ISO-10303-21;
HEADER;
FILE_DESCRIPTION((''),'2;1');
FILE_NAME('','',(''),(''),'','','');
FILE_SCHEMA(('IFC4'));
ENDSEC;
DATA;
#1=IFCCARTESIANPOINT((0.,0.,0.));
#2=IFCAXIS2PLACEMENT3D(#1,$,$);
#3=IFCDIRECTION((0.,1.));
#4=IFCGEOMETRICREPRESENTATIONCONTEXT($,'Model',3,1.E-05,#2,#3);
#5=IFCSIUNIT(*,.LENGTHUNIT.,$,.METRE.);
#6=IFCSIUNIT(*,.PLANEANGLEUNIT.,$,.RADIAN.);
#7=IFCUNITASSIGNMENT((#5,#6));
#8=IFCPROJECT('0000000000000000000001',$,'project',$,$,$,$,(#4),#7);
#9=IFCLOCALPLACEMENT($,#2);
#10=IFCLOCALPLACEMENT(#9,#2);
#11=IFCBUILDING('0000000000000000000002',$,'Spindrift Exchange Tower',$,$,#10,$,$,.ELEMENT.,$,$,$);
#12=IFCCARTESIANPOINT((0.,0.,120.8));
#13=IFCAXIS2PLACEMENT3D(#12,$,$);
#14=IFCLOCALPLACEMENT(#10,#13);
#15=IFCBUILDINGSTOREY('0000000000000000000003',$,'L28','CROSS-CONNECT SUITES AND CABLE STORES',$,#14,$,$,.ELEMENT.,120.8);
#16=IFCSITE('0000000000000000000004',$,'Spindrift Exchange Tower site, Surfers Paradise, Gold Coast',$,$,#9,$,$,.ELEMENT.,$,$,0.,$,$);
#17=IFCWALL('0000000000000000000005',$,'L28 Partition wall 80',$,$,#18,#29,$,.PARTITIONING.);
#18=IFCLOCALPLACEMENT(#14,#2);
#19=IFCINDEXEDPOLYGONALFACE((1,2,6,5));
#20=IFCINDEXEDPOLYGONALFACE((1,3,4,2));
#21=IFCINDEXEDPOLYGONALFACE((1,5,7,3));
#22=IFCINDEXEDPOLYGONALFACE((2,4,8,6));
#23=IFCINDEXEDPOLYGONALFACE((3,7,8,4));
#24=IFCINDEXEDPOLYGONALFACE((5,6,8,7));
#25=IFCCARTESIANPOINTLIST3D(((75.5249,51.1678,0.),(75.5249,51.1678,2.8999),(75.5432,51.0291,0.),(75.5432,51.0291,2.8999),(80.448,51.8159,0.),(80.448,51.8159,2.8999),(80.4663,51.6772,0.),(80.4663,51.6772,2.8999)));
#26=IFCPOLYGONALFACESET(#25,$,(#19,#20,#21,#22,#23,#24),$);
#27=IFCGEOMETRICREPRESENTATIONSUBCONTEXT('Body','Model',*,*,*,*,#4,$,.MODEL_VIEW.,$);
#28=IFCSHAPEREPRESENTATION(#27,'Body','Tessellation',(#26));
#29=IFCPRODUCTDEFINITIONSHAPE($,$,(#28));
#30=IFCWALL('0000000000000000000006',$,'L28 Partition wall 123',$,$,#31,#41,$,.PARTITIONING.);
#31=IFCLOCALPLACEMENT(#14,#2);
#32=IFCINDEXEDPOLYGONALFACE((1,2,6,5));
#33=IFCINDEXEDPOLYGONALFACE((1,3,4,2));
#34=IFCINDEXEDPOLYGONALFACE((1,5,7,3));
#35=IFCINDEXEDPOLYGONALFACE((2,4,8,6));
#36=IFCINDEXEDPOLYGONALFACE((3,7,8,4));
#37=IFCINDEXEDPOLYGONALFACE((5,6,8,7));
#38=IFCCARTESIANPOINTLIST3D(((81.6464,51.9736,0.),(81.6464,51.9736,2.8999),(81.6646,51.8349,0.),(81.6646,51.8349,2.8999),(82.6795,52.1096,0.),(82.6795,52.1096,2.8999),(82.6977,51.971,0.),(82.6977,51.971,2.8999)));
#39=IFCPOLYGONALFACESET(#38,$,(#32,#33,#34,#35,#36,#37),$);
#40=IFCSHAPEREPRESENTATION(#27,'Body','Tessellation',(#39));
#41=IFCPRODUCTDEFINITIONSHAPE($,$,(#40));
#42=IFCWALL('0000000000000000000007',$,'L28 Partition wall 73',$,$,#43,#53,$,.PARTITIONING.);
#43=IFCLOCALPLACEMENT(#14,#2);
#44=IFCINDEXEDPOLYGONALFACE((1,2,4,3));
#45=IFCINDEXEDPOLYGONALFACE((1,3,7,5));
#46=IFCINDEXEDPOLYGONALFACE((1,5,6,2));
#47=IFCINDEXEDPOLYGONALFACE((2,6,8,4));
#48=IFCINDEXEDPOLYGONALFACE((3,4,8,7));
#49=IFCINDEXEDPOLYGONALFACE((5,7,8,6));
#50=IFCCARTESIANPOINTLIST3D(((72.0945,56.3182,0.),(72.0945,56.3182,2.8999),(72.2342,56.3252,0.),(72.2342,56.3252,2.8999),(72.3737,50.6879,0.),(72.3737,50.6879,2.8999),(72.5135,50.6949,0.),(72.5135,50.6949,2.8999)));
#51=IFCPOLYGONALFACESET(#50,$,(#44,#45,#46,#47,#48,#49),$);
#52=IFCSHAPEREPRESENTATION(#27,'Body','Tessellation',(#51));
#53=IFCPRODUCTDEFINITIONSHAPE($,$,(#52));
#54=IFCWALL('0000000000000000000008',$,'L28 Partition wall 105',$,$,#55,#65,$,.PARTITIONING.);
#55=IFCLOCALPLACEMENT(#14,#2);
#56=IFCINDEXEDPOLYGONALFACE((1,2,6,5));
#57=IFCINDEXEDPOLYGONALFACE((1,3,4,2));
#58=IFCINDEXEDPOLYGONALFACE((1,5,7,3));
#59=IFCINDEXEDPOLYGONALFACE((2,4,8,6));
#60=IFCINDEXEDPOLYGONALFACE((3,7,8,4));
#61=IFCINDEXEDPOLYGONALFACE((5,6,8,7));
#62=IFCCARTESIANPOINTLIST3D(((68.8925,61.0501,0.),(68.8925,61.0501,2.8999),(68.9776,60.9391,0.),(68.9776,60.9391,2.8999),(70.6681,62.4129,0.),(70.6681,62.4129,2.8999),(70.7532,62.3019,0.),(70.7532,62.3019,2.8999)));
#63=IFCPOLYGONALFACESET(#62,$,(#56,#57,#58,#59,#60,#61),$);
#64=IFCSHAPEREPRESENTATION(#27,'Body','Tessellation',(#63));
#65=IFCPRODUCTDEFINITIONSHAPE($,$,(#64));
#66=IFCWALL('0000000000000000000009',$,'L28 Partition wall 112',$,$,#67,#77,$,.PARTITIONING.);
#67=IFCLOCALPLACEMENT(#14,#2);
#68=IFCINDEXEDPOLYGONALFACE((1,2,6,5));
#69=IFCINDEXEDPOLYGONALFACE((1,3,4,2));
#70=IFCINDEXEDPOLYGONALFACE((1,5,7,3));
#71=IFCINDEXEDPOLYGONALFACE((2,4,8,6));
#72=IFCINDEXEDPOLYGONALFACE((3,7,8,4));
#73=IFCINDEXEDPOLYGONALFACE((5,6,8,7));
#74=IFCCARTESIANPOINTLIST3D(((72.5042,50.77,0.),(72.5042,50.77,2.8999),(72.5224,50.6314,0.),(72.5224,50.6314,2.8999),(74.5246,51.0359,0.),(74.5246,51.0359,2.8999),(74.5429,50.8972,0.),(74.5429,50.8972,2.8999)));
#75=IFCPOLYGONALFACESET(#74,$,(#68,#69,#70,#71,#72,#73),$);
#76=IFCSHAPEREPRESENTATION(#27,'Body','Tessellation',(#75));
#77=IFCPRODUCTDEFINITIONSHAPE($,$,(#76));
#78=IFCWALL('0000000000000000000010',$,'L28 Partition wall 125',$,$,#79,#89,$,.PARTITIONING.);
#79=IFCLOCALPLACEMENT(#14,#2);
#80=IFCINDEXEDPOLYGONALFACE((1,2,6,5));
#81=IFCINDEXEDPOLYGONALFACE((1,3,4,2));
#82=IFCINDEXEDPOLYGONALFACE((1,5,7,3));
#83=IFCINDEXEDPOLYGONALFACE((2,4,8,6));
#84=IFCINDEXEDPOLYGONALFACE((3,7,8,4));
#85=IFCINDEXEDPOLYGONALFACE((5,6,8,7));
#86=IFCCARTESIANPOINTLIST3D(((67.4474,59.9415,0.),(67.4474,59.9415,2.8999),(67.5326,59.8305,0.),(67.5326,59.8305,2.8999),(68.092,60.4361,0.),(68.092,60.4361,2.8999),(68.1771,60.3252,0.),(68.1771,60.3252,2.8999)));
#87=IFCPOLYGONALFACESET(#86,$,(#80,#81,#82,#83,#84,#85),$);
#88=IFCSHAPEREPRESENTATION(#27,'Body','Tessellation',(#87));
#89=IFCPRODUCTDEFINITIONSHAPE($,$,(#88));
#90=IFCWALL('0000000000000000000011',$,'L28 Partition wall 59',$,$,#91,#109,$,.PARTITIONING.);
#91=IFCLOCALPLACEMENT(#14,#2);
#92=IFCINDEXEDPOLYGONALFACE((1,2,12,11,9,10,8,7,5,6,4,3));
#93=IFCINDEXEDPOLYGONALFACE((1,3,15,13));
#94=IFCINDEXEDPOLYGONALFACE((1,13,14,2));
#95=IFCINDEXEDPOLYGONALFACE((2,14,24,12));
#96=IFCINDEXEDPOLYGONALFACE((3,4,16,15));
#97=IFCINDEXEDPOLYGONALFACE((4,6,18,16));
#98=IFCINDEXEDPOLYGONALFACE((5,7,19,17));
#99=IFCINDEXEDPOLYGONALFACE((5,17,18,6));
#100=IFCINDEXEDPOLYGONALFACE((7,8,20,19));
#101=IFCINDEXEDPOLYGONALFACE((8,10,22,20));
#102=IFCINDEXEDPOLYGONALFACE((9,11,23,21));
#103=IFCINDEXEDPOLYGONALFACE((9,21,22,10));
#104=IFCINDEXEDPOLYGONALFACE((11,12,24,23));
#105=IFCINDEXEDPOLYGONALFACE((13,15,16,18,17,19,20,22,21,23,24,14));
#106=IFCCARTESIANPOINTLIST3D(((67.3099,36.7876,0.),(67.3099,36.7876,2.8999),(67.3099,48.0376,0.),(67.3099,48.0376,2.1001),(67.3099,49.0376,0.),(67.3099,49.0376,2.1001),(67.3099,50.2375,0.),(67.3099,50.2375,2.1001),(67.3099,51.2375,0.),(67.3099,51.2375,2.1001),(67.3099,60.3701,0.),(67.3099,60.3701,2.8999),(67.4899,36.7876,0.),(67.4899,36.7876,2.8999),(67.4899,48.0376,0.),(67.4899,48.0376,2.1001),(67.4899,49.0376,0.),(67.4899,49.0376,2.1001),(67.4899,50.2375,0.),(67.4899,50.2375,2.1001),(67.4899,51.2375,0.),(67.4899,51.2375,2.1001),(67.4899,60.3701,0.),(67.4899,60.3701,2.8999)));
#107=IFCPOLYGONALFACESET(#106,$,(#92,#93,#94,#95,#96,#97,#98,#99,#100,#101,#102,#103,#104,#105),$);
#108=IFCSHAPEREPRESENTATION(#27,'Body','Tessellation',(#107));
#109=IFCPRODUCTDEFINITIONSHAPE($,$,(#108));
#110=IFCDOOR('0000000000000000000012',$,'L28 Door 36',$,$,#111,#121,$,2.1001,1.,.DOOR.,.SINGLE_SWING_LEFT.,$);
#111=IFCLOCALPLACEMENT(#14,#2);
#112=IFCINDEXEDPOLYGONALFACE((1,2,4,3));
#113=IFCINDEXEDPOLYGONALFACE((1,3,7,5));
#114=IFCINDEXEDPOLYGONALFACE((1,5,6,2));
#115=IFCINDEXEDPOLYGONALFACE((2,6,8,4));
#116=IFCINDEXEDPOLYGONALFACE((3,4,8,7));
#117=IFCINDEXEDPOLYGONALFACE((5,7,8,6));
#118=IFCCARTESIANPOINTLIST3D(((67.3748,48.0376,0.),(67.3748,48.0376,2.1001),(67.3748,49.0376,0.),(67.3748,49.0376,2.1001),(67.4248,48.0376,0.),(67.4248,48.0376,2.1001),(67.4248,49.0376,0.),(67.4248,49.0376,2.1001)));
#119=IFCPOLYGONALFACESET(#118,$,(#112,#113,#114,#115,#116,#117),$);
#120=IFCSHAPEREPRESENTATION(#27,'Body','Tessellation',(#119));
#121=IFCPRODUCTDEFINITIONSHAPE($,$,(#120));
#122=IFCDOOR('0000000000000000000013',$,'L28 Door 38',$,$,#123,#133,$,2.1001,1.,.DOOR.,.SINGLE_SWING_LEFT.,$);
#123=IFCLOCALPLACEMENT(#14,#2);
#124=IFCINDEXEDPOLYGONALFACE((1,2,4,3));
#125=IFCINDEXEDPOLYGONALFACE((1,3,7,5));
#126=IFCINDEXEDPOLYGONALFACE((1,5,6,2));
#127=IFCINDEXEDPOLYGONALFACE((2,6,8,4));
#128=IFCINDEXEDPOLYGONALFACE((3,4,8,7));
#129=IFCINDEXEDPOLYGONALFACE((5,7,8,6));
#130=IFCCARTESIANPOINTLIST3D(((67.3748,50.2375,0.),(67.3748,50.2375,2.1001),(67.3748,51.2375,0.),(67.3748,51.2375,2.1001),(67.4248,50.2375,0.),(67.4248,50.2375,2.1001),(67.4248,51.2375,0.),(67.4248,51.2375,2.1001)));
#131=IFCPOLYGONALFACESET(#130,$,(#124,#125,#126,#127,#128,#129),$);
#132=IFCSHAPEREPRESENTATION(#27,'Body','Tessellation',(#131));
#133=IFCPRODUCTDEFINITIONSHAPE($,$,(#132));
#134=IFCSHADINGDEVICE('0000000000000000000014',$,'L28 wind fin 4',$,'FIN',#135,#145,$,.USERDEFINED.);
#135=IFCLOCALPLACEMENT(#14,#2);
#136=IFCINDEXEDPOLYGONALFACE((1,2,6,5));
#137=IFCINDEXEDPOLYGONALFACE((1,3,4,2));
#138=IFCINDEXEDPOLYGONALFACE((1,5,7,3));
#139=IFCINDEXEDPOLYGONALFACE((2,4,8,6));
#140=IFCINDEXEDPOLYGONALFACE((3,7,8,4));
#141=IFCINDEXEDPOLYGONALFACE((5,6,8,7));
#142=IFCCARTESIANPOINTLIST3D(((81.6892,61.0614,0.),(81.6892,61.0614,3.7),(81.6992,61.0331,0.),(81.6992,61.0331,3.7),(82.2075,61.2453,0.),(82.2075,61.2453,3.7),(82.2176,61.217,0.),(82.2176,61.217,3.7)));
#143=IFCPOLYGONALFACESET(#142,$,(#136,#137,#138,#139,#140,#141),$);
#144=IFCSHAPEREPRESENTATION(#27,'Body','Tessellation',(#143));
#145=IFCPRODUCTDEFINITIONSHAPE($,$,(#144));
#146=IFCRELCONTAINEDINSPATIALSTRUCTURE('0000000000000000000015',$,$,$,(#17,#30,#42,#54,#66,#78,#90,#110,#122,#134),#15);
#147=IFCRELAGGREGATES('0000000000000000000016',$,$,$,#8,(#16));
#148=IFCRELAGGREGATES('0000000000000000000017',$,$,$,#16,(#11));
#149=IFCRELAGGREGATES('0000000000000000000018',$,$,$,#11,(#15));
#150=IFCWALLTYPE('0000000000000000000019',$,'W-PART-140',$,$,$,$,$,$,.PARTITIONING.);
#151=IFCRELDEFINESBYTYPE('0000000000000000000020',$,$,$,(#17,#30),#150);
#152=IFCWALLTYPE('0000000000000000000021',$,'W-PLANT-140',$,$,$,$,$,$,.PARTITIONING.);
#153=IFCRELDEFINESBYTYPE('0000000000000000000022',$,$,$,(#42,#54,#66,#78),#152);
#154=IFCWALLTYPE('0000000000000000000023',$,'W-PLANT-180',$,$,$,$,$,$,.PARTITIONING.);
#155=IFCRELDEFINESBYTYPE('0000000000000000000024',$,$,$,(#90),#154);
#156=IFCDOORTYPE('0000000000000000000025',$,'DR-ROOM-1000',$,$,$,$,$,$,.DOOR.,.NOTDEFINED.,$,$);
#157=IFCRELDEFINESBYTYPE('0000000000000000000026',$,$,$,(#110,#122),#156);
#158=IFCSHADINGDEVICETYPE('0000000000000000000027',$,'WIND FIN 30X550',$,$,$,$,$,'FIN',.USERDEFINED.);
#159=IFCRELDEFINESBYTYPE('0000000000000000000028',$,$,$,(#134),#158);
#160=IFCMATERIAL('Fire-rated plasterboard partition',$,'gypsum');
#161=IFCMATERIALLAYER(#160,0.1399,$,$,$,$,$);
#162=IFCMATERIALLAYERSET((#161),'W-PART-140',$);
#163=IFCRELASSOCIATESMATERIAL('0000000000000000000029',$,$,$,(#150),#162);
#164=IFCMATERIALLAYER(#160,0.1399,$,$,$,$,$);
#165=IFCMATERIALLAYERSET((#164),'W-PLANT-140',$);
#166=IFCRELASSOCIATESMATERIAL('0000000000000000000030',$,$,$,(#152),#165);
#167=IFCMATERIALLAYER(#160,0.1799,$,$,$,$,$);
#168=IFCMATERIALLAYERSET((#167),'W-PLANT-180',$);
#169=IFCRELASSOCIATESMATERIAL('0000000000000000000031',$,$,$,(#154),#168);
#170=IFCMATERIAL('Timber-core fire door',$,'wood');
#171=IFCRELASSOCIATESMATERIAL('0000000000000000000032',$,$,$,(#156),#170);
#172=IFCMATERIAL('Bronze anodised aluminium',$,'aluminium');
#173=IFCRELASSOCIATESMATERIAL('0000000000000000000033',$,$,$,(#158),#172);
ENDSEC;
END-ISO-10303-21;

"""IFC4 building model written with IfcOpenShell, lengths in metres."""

from ifc_helpers import new_model, si_unit, direction, frame, frame_2d, origin, origin_2d, place, context, subcontext, project, spatial, rectangle, extrude, source, transform, mapped, material, layer, layer_set, material_profile, profile_set, type_object, element, fill, save


model = new_model("IFC4")

# Units and contexts
model_context = context("Model", 3, precision=1e-05, world=origin(), true_north=direction((0.0, 1.0)))
body_context = subcontext(model_context, "Body", "Model", "MODEL_VIEW")
ifc_project = project(units=[si_unit("LENGTHUNIT", "METRE"), si_unit("PLANEANGLEUNIT", "RADIAN")], contexts=[model_context])

# Site, building, storey
site_placement = place(None, origin())
site = spatial("IfcSite", under=ifc_project, at=site_placement, Name="Spindrift Exchange Tower site, Surfers Paradise, Gold Coast", CompositionType="ELEMENT", RefElevation=0.0)
building_placement = place(site_placement, origin())
building = spatial("IfcBuilding", under=site, at=building_placement, Name="Spindrift Exchange Tower", CompositionType="ELEMENT")
storey_placement = place(building_placement, frame((0.0, 0.0, 120.8)))
storey = spatial("IfcBuildingStorey", under=building, at=storey_placement, Name="L28", Description="CROSS-CONNECT SUITES AND CABLE STORES", CompositionType="ELEMENT", Elevation=120.8)

# Shared definitions
ifc_material_1 = material(Name="Bronze anodised aluminium", Category="aluminium")

# Walls
ifc_material_2 = material(Name="Fire-rated plasterboard partition", Category="gypsum")
ifc_layer_1 = layer(ifc_material_2, 0.1399)
ifc_layer_set_1 = layer_set([ifc_layer_1], Name="W-PART-140")
wall_type_1 = type_object("IfcWallType", Name="W-PART-140", PredefinedType="PARTITIONING", material=ifc_layer_set_1)
wall_1_placement = place(storey_placement, frame((75.5339, 51.0984, 0.0), z_axis=(0.0, 0.0, 1.0), x_axis=(0.991443, 0.130537, 0.0)))
element("IfcWall", 1, at=wall_1_placement, inside=storey, type_object=wall_type_1, Name="L28 Partition wall 80", PredefinedType="PARTITIONING", context=body_context, shape_type="SweptSolid", body=[
    extrude(rectangle(XDim=4.9656, YDim=0.1399, at=frame_2d((2.4829, 0.0))), origin(), (0.0, 0.0, 1.0), 2.8999),
])
wall_2_placement = place(storey_placement, frame((81.6555, 51.9043, 0.0), z_axis=(0.0, 0.0, 1.0), x_axis=(0.991446, 0.130521, 0.0)))
element("IfcWall", 2, at=wall_2_placement, inside=storey, type_object=wall_type_1, Name="L28 Partition wall 123", PredefinedType="PARTITIONING", context=body_context, shape_type="SweptSolid", body=[
    extrude(rectangle(XDim=1.042, YDim=0.1399, at=frame_2d((0.521, 0.0))), origin(), (0.0, 0.0, 1.0), 2.8999),
])
ifc_layer_2 = layer(ifc_material_2, 0.1399)
ifc_layer_set_2 = layer_set([ifc_layer_2], Name="W-PLANT-140")
wall_type_2 = type_object("IfcWallType", Name="W-PLANT-140", PredefinedType="PARTITIONING", material=ifc_layer_set_2)
wall_3_placement = place(storey_placement, frame((72.4436, 50.6914, 0.0), z_axis=(0.0, 0.0, 1.0), x_axis=(-0.049544, 0.998772, 0.0)))
element("IfcWall", 3, at=wall_3_placement, inside=storey, type_object=wall_type_2, Name="L28 Partition wall 73", PredefinedType="PARTITIONING", context=body_context, shape_type="SweptSolid", body=[
    extrude(rectangle(XDim=5.6372, YDim=0.1399, at=frame_2d((2.8186, 0.0))), origin(), (0.0, 0.0, 1.0), 2.8999),
])
wall_4_placement = place(storey_placement, frame((68.9351, 60.9946, 0.0), z_axis=(0.0, 0.0, 1.0), x_axis=(0.793288, 0.608846, 0.0)))
element("IfcWall", 4, at=wall_4_placement, inside=storey, type_object=wall_type_2, Name="L28 Partition wall 105", PredefinedType="PARTITIONING", context=body_context, shape_type="SweptSolid", body=[
    extrude(rectangle(XDim=2.2383, YDim=0.1399, at=frame_2d((1.1191, 0.0))), origin(), (0.0, 0.0, 1.0), 2.8999),
])
wall_5_placement = place(storey_placement, frame((72.5132, 50.7007, 0.0), z_axis=(0.0, 0.0, 1.0), x_axis=(0.991453, 0.130461, 0.0)))
element("IfcWall", 5, at=wall_5_placement, inside=storey, type_object=wall_type_2, Name="L28 Partition wall 112", PredefinedType="PARTITIONING", context=body_context, shape_type="SweptSolid", body=[
    extrude(rectangle(XDim=2.0378, YDim=0.1399, at=frame_2d((1.019, 0.0))), origin(), (0.0, 0.0, 1.0), 2.8999),
])
wall_6_placement = place(storey_placement, frame((67.49, 59.886, 0.0), z_axis=(0.0, 0.0, 1.0), x_axis=(0.793316, 0.60881, 0.0)))
element("IfcWall", 6, at=wall_6_placement, inside=storey, type_object=wall_type_2, Name="L28 Partition wall 125", PredefinedType="PARTITIONING", context=body_context, shape_type="SweptSolid", body=[
    extrude(rectangle(XDim=0.8125, YDim=0.1399, at=frame_2d((0.4062, 0.0))), origin(), (0.0, 0.0, 1.0), 2.8999),
])

# Wall, openings, doors
ifc_layer_3 = layer(ifc_material_2, 0.1799)
ifc_layer_set_3 = layer_set([ifc_layer_3], Name="W-PLANT-180")
wall_type_3 = type_object("IfcWallType", Name="W-PLANT-180", PredefinedType="PARTITIONING", material=ifc_layer_set_3)
wall_7_placement = place(storey_placement, frame((67.3999, 60.3701, 0.0), z_axis=(0.0, 0.0, 1.0), x_axis=(0.0, -1.0, 0.0)))
wall_7 = element("IfcWall", 7, at=wall_7_placement, inside=storey, type_object=wall_type_3, Name="L28 Partition wall 59", PredefinedType="PARTITIONING", context=body_context, shape_type="SweptSolid", body=[
    extrude(rectangle(XDim=23.5825, YDim=0.1799, at=frame_2d((11.7913, 0.0))), origin(), (0.0, 0.0, 1.0), 2.8999),
])
opening_1_placement = place(wall_7_placement, frame((11.3325, 0.0, 0.0)))
opening_1 = element("IfcOpeningElement", 8, at=opening_1_placement, cuts=wall_7, PredefinedType="OPENING", context=body_context, shape_type="SweptSolid", body=[
    extrude(rectangle(XDim=1.0, YDim=2.1001, at=frame_2d((0.5, 1.05))), frame((0.0, 0.0999, 0.0), z_axis=(0.0, -1.0, 0.0), x_axis=(1.0, 0.0, 0.0)), (0.0, 0.0, 1.0), 0.2),
])
opening_2_placement = place(wall_7_placement, frame((9.1326, 0.0, 0.0)))
opening_2 = element("IfcOpeningElement", 9, at=opening_2_placement, cuts=wall_7, PredefinedType="OPENING", context=body_context, shape_type="SweptSolid", body=[
    extrude(rectangle(XDim=1.0, YDim=2.1001, at=frame_2d((0.5, 1.05))), frame((0.0, 0.0999, 0.0), z_axis=(0.0, -1.0, 0.0), x_axis=(1.0, 0.0, 0.0)), (0.0, 0.0, 1.0), 0.2),
])
ifc_material_3 = material(Name="Timber-core fire door", Category="wood")
door_type = type_object("IfcDoorType", Name="DR-ROOM-1000", OperationType="NOTDEFINED", PredefinedType="DOOR", material=ifc_material_3)
shared_shape_1 = source(origin(), body_context, "Body", "SweptSolid", [
    extrude(rectangle(XDim=1.0, YDim=2.1001, at=frame_2d((0.5, 1.05))), frame((0.0, 0.0249, 0.0), z_axis=(0.0, -1.0, 0.0), x_axis=(1.0, 0.0, 0.0)), (0.0, 0.0, 1.0), 0.05),
])
door_1_placement = place(opening_1_placement, origin())
door_1 = element("IfcDoor", 10, at=door_1_placement, inside=storey, type_object=door_type, Name="L28 Door 36", OperationType="SINGLE_SWING_LEFT", OverallHeight=2.1001, OverallWidth=1.0, PredefinedType="DOOR", context=body_context, shape_type="MappedRepresentation", body=[
    mapped(shared_shape_1, transform((0.0, 0.0, 0.0), scale=1.0)),
])
fill(opening_1, door_1)
door_2_placement = place(opening_2_placement, origin())
door_2 = element("IfcDoor", 11, at=door_2_placement, inside=storey, type_object=door_type, Name="L28 Door 38", OperationType="SINGLE_SWING_LEFT", OverallHeight=2.1001, OverallWidth=1.0, PredefinedType="DOOR", context=body_context, shape_type="MappedRepresentation", body=[
    mapped(shared_shape_1, transform((0.0, 0.0, 0.0), scale=1.0)),
])
fill(opening_2, door_2)

# Shading device
ifc_material_profile_1 = material_profile(ifc_material_1, rectangle(XDim=0.03, YDim=0.55, at=origin_2d()), Name="WIND FIN 30X550")
ifc_profile_set_1 = profile_set([ifc_material_profile_1], Name="Bronze anodised aluminium")
shading_device_type = type_object("IfcShadingDeviceType", Name="WIND FIN 30X550", ElementType="FIN", PredefinedType="USERDEFINED", material=ifc_profile_set_1)
shared_shape_2 = source(origin(), body_context, "Body", "SweptSolid", [
    extrude(rectangle(XDim=0.03, YDim=0.55, at=origin_2d()), origin(), (0.0, 0.0, 1.0), 3.7),
])
shading_device_placement = place(storey_placement, frame((81.9534, 61.1392, 0.0), z_axis=(0.0, 0.0, 1.0), x_axis=(-0.334368, 0.942443, 0.0)))
element("IfcShadingDevice", 12, at=shading_device_placement, inside=storey, type_object=shading_device_type, Name="L28 wind fin 4", ObjectType="FIN", PredefinedType="USERDEFINED", context=body_context, shape_type="MappedRepresentation", body=[
    mapped(shared_shape_2, transform((0.0, 0.0, 0.0), scale=1.0)),
])

save(model, "model.ifc")
